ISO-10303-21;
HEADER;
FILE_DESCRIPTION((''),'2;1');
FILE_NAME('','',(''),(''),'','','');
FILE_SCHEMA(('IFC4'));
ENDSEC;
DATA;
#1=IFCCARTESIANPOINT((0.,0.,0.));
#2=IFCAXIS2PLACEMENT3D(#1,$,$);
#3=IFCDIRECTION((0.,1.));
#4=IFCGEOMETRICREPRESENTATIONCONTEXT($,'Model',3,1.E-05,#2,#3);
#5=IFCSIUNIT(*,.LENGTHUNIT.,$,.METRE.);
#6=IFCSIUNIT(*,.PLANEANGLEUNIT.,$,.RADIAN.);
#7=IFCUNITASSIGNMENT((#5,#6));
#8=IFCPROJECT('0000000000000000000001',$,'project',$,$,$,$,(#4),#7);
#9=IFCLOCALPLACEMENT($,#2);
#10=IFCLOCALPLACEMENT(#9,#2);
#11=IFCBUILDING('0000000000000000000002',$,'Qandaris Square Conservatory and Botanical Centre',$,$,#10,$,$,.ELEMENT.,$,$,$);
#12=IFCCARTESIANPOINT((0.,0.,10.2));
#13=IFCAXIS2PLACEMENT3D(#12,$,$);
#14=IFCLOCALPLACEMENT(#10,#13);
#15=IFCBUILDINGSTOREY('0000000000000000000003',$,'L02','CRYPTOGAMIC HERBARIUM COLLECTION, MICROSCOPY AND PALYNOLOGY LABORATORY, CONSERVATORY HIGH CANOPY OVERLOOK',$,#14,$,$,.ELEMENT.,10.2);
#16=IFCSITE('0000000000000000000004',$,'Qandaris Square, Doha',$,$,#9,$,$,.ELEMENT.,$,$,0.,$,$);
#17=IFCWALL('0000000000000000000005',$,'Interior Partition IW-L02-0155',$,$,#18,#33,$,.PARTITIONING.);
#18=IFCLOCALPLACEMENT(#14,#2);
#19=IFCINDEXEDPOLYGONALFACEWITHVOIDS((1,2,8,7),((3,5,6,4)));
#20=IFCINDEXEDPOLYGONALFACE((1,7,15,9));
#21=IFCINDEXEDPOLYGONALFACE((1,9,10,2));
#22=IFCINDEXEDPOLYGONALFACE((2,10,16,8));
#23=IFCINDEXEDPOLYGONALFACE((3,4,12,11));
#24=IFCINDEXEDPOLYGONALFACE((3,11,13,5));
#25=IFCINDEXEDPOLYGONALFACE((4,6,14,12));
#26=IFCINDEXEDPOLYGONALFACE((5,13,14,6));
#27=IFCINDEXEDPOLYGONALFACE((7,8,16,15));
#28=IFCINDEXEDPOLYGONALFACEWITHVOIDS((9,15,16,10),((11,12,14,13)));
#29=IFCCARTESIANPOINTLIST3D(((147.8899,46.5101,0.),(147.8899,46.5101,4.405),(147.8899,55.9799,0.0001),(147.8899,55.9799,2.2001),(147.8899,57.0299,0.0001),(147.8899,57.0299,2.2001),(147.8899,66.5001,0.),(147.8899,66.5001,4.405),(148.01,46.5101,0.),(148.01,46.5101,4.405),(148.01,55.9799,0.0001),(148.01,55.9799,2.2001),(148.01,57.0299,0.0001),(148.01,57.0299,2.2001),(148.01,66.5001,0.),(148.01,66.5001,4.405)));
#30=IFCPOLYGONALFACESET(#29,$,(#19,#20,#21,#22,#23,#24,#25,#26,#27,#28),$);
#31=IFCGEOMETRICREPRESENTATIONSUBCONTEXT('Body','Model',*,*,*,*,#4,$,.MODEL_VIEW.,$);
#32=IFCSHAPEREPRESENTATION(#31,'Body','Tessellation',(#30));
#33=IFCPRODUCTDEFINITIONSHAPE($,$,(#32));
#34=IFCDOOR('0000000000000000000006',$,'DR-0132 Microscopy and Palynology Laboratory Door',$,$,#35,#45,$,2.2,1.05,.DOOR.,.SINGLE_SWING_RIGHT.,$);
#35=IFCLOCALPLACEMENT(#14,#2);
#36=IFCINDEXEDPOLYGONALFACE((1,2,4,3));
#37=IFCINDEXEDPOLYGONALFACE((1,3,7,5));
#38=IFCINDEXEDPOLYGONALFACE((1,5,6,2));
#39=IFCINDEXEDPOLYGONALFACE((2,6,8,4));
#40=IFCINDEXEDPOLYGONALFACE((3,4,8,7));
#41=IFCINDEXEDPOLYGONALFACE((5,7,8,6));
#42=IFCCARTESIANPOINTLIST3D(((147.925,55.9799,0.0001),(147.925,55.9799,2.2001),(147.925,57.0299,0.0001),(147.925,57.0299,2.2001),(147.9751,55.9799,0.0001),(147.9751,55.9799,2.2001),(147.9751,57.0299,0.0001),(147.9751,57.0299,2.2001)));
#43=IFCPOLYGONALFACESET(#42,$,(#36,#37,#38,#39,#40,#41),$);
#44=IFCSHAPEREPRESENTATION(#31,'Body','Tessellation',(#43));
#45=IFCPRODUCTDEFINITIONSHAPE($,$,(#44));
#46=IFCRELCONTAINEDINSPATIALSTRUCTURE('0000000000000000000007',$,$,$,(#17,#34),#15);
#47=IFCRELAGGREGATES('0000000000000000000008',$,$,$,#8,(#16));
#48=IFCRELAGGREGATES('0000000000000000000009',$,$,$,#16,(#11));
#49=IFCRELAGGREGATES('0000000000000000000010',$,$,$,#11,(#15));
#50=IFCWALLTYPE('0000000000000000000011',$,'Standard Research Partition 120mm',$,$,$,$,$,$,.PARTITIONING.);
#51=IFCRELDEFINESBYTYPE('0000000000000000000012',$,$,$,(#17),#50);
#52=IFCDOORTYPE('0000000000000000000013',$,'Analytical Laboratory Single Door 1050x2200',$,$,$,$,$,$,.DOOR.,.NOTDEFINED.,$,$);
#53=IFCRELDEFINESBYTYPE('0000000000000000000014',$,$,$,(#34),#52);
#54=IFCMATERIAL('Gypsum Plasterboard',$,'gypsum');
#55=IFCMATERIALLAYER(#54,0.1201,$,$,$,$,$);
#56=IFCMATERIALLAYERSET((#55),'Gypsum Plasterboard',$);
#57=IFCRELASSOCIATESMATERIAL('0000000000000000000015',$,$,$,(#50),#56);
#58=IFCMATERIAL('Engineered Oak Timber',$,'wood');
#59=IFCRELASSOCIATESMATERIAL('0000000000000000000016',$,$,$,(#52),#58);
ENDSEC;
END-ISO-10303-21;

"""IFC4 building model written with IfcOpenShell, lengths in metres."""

from ifc_helpers import new_model, si_unit, direction, frame, frame_2d, origin, place, context, subcontext, project, spatial, rectangle, extrude, material, layer, layer_set, type_object, element, fill, save


model = new_model("IFC4")

# Units and contexts
model_context = context("Model", 3, precision=1e-05, world=origin(), true_north=direction((0.0, 1.0)))
body_context = subcontext(model_context, "Body", "Model", "MODEL_VIEW")
ifc_project = project(units=[si_unit("LENGTHUNIT", "METRE"), si_unit("PLANEANGLEUNIT", "RADIAN")], contexts=[model_context])

# Site, building, storey
site_placement = place(None, origin())
site = spatial("IfcSite", under=ifc_project, at=site_placement, Name="Qandaris Square, Doha", CompositionType="ELEMENT", RefElevation=0.0)
building_placement = place(site_placement, origin())
building = spatial("IfcBuilding", under=site, at=building_placement, Name="Qandaris Square Conservatory and Botanical Centre", CompositionType="ELEMENT")
storey_placement = place(building_placement, frame((0.0, 0.0, 10.2)))
storey = spatial("IfcBuildingStorey", under=building, at=storey_placement, Name="L02", Description="CRYPTOGAMIC HERBARIUM COLLECTION, MICROSCOPY AND PALYNOLOGY LABORATORY, CONSERVATORY HIGH CANOPY OVERLOOK", CompositionType="ELEMENT", Elevation=10.2)

# Shared definitions
ifc_material_1 = material(Name="Gypsum Plasterboard", Category="gypsum")

# Wall, opening, door
ifc_layer_1 = layer(ifc_material_1, 0.1201)
ifc_layer_set_1 = layer_set([ifc_layer_1], Name="Gypsum Plasterboard")
wall_type_1 = type_object("IfcWallType", Name="Standard Research Partition 120mm", PredefinedType="PARTITIONING", material=ifc_layer_set_1)
ifc_material_2 = material(Name="Engineered Oak Timber", Category="wood")
wall_1_placement = place(storey_placement, frame((147.95, 46.51, 0.0), z_axis=(0.0, 0.0, 1.0), x_axis=(0.0, 1.0, 0.0)))
wall_1 = element("IfcWall", 1, at=wall_1_placement, inside=storey, type_object=wall_type_1, Name="Interior Partition IW-L02-0155", PredefinedType="PARTITIONING", context=body_context, shape_type="SweptSolid", body=[
    extrude(rectangle(XDim=19.99, YDim=0.1201, at=frame_2d((9.9951, 0.0))), origin(), (0.0, 0.0, 1.0), 4.405),
])
opening_1_placement = place(wall_1_placement, frame((9.47, 0.0, 0.0)))
opening_1 = element("IfcOpeningElement", 2, at=opening_1_placement, cuts=wall_1, PredefinedType="OPENING", context=body_context, shape_type="SweptSolid", body=[
    extrude(rectangle(XDim=1.05, YDim=2.2, at=frame_2d((0.5249, 1.1001))), frame((0.0, 0.072, 0.0), z_axis=(0.0, -1.0, 0.0), x_axis=(1.0, 0.0, 0.0)), (0.0, 0.0, 1.0), 0.144),
])
door_type_1 = type_object("IfcDoorType", Name="Analytical Laboratory Single Door 1050x2200", OperationType="NOTDEFINED", PredefinedType="DOOR", material=ifc_material_2)
door_1_placement = place(opening_1_placement, origin())
door_1 = element("IfcDoor", 3, at=door_1_placement, inside=storey, type_object=door_type_1, Name="DR-0132 Microscopy and Palynology Laboratory Door", OperationType="SINGLE_SWING_RIGHT", OverallHeight=2.2, OverallWidth=1.05, PredefinedType="DOOR", context=body_context, shape_type="SweptSolid", body=[
    extrude(rectangle(XDim=1.05, YDim=2.2, at=frame_2d((0.5249, 1.1001))), frame((0.0, 0.0249, 0.0), z_axis=(0.0, -1.0, 0.0), x_axis=(1.0, 0.0, 0.0)), (0.0, 0.0, 1.0), 0.05),
])
fill(opening_1, door_1)

save(model, "model.ifc")
